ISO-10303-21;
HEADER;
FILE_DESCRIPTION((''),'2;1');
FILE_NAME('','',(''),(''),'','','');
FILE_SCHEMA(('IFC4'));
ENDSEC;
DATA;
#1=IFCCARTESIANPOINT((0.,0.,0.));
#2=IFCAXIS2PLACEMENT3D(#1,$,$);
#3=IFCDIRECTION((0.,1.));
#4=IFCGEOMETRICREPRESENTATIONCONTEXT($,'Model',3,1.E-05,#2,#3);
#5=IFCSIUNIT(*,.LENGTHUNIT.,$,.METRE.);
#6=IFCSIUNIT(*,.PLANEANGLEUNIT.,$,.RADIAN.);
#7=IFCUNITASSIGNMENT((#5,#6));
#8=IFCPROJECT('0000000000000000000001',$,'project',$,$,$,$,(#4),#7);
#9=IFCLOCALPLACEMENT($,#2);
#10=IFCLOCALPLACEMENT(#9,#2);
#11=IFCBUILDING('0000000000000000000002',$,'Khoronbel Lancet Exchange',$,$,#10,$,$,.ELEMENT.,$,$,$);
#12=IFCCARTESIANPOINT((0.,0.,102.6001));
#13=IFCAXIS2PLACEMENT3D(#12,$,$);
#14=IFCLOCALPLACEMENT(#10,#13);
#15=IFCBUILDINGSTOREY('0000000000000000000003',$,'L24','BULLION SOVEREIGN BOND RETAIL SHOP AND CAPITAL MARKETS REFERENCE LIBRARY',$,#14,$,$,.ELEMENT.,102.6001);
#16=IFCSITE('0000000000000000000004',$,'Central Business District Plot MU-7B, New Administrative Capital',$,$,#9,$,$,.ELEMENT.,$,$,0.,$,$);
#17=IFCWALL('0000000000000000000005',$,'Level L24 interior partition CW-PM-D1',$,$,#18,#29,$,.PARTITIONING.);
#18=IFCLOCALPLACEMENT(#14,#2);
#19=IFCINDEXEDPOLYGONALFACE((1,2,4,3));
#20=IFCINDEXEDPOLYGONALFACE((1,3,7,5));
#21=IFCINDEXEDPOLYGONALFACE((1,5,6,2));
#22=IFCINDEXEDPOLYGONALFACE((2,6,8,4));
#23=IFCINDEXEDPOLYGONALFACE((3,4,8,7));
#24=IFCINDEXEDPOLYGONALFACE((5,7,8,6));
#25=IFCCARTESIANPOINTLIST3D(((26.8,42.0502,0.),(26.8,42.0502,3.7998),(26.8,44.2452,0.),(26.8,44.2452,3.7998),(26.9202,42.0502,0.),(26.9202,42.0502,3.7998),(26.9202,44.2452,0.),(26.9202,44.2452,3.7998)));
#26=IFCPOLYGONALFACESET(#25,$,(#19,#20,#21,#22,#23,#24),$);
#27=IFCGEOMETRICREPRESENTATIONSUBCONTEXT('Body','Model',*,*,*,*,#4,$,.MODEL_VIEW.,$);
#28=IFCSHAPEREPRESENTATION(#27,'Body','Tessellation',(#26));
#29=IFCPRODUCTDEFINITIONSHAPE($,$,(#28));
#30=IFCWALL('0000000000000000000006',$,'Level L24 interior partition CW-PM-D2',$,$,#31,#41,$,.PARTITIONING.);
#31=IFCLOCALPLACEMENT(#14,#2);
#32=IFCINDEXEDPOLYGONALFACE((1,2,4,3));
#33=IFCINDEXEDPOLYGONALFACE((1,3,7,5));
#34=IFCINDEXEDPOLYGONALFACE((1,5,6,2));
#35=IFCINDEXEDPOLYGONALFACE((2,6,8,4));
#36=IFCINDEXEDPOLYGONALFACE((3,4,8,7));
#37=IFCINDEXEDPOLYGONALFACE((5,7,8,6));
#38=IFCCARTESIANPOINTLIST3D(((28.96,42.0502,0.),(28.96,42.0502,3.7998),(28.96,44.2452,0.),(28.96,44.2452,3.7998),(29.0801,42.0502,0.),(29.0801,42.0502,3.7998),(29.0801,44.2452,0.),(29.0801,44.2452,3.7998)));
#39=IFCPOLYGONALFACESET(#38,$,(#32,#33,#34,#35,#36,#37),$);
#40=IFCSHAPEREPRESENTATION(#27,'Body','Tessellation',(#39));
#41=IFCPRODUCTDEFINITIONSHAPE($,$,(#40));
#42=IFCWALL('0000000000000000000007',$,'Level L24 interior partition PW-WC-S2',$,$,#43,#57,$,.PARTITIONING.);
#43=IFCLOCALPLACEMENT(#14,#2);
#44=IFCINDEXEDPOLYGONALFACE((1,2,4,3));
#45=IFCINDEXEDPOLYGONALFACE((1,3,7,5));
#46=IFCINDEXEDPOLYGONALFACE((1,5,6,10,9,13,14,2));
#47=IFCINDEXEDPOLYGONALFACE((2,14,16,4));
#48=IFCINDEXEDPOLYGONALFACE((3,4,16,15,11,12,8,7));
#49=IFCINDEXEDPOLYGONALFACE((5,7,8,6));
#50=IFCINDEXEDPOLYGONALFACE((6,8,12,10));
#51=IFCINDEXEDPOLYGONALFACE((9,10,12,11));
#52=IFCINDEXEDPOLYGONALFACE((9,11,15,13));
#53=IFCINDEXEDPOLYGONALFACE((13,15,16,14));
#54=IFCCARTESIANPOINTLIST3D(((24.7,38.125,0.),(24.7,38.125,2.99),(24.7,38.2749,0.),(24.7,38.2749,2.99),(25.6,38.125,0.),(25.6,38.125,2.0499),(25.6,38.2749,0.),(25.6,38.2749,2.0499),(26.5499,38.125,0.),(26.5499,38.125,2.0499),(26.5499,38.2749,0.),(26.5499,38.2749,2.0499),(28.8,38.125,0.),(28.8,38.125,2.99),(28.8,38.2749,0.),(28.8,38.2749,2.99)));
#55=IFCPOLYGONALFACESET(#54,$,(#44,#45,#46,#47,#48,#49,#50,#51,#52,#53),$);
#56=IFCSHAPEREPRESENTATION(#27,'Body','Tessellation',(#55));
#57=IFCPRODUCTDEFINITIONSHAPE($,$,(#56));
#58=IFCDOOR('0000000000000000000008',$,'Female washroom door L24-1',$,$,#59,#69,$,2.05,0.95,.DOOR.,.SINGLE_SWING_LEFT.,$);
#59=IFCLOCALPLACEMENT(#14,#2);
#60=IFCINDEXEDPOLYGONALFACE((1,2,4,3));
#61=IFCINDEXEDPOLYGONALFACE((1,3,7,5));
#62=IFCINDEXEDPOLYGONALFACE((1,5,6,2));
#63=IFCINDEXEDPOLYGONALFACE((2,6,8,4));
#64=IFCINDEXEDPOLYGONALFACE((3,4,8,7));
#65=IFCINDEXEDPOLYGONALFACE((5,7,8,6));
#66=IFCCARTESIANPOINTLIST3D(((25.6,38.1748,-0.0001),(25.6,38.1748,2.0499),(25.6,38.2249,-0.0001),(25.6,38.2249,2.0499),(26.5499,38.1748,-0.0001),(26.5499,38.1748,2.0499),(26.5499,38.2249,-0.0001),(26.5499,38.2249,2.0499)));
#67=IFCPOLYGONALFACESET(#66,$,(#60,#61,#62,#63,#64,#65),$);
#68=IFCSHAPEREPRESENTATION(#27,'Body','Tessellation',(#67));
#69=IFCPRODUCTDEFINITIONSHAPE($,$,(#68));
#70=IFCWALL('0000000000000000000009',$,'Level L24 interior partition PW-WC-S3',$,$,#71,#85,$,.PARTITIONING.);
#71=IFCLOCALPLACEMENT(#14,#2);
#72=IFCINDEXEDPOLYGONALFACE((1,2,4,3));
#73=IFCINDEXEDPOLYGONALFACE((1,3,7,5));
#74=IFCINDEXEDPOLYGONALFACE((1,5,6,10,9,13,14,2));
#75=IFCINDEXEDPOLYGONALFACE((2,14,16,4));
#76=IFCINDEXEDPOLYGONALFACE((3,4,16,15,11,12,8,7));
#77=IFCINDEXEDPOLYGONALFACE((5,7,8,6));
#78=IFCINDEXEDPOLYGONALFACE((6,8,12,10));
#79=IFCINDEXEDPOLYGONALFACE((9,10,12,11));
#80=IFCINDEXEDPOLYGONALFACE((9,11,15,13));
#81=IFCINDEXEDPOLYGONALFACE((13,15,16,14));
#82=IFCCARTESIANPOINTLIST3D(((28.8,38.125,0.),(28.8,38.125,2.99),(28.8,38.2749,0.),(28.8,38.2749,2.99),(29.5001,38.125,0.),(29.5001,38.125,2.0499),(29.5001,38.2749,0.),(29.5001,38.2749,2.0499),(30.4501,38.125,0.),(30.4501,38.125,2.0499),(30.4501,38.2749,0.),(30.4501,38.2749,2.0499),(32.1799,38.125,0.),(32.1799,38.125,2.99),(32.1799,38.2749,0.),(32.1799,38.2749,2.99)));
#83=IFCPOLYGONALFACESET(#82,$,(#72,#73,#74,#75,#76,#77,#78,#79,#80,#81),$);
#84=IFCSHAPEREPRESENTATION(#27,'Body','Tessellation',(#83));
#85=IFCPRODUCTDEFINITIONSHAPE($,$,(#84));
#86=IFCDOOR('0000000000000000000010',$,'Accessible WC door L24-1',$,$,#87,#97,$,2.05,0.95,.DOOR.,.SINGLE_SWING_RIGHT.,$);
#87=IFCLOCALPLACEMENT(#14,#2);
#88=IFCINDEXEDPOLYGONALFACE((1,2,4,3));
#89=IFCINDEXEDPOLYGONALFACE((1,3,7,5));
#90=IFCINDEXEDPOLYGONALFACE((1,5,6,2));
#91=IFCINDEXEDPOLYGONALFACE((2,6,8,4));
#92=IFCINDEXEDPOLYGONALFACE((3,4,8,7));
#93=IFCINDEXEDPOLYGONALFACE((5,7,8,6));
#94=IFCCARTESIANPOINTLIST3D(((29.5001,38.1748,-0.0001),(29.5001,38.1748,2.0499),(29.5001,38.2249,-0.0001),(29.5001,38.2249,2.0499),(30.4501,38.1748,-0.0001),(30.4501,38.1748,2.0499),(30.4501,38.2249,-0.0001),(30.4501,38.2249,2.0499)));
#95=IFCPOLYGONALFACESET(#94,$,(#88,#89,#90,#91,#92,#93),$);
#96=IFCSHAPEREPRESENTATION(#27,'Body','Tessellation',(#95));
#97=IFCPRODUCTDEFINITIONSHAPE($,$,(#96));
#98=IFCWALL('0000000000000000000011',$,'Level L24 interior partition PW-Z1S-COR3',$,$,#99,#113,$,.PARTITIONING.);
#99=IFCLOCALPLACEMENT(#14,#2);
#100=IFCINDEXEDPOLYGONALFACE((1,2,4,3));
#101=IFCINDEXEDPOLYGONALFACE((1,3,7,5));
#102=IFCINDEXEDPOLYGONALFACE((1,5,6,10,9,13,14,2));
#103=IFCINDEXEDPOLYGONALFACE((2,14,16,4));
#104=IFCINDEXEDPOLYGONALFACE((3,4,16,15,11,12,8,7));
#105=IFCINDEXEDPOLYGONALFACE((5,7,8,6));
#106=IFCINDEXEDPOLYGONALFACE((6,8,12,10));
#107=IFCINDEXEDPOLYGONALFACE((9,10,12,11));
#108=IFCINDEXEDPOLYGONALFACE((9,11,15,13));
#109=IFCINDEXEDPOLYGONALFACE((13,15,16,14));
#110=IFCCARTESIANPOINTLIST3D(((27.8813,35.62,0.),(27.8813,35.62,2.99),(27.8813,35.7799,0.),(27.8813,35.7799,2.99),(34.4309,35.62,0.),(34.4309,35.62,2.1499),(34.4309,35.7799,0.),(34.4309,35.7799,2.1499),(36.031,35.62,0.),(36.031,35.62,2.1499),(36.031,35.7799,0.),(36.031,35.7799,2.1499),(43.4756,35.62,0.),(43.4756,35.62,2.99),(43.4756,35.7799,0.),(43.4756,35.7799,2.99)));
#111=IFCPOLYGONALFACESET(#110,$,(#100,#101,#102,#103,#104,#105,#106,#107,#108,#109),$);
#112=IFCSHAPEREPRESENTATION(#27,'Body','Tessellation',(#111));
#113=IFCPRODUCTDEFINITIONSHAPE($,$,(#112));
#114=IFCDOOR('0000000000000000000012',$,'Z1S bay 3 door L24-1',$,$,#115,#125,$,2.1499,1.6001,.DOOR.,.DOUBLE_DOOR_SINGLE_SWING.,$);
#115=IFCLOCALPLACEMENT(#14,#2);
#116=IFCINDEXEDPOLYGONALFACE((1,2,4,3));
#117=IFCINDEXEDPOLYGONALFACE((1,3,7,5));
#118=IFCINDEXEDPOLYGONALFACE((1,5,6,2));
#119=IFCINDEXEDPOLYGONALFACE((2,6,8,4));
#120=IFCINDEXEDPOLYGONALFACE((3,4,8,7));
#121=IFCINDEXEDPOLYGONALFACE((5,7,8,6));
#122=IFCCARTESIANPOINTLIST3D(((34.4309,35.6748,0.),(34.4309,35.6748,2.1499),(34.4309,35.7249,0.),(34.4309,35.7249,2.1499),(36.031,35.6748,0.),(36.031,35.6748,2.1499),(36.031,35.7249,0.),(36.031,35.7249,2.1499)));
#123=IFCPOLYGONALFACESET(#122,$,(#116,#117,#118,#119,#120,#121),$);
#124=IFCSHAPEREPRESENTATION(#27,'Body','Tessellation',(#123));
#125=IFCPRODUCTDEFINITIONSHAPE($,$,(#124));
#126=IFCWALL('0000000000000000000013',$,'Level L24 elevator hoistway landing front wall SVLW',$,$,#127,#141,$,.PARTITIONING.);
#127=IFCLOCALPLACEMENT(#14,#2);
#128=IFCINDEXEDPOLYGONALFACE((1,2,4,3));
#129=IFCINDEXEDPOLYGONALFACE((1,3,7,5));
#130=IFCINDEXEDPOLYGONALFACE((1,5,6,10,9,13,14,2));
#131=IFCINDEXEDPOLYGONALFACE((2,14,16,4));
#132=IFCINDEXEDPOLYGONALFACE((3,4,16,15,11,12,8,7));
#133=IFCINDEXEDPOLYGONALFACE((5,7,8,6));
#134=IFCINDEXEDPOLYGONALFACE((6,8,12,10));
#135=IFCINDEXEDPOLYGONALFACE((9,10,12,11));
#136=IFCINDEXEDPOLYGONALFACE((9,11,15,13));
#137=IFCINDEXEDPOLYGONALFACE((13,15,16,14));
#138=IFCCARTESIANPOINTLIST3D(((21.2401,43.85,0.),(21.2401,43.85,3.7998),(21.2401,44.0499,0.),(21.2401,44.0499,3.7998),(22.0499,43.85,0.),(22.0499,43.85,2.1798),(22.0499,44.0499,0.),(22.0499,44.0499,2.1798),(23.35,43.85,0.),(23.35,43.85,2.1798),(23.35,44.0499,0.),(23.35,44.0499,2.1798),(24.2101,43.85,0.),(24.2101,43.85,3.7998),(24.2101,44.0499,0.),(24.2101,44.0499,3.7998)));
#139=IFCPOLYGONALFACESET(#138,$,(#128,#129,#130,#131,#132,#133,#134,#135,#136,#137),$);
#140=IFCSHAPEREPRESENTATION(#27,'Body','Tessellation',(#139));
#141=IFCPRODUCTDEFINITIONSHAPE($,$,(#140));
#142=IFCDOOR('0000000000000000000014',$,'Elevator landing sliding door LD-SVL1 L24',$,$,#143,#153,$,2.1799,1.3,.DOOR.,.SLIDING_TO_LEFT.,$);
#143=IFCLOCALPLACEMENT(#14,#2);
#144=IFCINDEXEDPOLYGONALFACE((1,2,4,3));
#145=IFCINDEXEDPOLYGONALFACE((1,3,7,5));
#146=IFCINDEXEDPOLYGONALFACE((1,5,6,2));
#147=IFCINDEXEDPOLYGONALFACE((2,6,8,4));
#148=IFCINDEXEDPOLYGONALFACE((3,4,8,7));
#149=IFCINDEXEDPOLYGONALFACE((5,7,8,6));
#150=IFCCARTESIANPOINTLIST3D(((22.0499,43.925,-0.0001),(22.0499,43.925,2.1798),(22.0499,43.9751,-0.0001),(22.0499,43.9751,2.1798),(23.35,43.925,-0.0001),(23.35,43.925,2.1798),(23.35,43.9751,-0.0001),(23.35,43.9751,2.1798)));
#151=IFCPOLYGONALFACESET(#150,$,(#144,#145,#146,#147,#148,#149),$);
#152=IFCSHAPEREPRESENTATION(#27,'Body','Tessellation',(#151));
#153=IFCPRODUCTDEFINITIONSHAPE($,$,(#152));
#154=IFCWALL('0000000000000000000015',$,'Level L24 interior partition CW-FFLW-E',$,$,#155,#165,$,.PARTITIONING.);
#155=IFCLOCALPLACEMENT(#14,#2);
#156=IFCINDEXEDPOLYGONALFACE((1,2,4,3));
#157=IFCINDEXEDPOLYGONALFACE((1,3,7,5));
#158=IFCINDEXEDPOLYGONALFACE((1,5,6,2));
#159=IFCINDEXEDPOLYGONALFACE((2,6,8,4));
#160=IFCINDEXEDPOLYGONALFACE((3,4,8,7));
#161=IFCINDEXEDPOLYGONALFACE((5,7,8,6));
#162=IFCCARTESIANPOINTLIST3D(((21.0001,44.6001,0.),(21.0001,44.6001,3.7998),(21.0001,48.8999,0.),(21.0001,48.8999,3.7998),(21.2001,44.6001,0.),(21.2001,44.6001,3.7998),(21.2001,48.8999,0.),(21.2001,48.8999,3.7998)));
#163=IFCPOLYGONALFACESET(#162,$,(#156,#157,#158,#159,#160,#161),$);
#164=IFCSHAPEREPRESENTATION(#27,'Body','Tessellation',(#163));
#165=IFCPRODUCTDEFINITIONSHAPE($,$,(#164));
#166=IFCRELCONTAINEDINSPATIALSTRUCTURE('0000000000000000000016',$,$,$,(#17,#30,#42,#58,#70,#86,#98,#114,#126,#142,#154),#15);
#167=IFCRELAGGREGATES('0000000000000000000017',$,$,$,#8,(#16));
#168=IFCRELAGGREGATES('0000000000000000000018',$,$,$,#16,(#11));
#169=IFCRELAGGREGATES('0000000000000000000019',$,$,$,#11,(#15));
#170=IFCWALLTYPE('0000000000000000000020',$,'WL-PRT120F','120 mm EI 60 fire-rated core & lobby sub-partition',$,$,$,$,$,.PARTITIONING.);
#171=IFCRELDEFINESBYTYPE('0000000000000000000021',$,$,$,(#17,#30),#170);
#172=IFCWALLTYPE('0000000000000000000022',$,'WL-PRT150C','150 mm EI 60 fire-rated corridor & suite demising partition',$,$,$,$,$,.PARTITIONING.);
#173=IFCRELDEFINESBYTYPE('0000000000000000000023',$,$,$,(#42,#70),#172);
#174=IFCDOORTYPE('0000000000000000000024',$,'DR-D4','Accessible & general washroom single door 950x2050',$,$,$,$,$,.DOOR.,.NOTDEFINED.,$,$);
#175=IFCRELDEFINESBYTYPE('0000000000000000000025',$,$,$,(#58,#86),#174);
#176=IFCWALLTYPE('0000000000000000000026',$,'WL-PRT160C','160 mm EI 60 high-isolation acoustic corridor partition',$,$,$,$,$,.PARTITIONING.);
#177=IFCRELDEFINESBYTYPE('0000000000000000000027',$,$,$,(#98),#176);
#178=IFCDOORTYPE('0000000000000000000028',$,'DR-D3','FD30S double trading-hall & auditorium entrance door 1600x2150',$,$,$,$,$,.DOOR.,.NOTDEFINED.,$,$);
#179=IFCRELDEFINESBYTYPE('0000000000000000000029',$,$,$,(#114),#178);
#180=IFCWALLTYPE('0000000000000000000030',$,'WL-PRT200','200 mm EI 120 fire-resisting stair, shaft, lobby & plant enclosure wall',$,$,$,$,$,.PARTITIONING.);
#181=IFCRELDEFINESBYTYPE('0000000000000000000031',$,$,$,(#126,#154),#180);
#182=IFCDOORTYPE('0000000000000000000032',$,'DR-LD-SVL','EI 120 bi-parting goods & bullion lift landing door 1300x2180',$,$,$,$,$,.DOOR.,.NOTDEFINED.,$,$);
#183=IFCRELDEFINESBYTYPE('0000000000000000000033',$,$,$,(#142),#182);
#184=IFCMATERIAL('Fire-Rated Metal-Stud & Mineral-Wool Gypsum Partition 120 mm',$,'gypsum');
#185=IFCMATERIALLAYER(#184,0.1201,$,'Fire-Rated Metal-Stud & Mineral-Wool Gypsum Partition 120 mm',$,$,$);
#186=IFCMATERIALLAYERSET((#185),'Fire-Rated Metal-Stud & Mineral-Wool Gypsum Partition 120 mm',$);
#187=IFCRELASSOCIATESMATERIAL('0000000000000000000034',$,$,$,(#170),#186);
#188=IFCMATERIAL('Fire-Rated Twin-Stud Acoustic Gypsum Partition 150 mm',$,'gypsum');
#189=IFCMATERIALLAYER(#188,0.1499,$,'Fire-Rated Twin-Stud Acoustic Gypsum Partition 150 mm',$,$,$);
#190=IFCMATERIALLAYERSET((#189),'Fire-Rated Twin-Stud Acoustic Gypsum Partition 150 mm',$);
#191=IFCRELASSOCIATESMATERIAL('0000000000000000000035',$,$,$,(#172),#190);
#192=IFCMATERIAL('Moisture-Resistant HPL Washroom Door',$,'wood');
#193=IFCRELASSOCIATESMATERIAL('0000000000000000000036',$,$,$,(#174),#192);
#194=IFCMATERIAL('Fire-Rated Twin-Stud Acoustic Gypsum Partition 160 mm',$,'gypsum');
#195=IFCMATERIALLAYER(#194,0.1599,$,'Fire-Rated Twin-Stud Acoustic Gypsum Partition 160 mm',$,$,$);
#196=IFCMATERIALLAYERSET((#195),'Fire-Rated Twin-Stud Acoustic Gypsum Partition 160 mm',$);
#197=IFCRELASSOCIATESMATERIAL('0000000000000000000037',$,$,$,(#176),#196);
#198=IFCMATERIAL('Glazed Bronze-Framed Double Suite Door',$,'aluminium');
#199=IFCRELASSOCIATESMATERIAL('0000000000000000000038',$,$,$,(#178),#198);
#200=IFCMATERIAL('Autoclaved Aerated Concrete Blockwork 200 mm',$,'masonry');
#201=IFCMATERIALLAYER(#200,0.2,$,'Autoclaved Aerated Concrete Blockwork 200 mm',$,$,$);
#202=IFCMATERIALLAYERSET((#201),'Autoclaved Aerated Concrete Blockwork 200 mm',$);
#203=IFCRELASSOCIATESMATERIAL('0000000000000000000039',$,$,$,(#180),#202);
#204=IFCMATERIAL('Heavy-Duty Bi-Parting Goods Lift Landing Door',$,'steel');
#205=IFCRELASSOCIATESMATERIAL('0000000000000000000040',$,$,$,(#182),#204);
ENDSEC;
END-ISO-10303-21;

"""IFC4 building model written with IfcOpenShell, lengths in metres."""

from ifc_helpers import new_model, si_unit, direction, frame, frame_2d, origin, place, context, subcontext, project, spatial, rectangle, extrude, material, layer, layer_set, type_object, element, fill, save


model = new_model("IFC4")

# Units and contexts
model_context = context("Model", 3, precision=1e-05, world=origin(), true_north=direction((0.0, 1.0)))
body_context = subcontext(model_context, "Body", "Model", "MODEL_VIEW")
ifc_project = project(units=[si_unit("LENGTHUNIT", "METRE"), si_unit("PLANEANGLEUNIT", "RADIAN")], contexts=[model_context])

# Site, building, storey
site_placement = place(None, origin())
site = spatial("IfcSite", under=ifc_project, at=site_placement, Name="Central Business District Plot MU-7B, New Administrative Capital", CompositionType="ELEMENT", RefElevation=0.0)
building_placement = place(site_placement, origin())
building = spatial("IfcBuilding", under=site, at=building_placement, Name="Khoronbel Lancet Exchange", CompositionType="ELEMENT")
storey_placement = place(building_placement, frame((0.0, 0.0, 102.6001)))
storey = spatial("IfcBuildingStorey", under=building, at=storey_placement, Name="L24", Description="BULLION SOVEREIGN BOND RETAIL SHOP AND CAPITAL MARKETS REFERENCE LIBRARY", CompositionType="ELEMENT", Elevation=102.6001)

# Walls
ifc_material_1 = material(Name="Fire-Rated Metal-Stud & Mineral-Wool Gypsum Partition 120 mm", Category="gypsum")
ifc_layer_1 = layer(ifc_material_1, 0.1201, Name="Fire-Rated Metal-Stud & Mineral-Wool Gypsum Partition 120 mm")
ifc_layer_set_1 = layer_set([ifc_layer_1], Name="Fire-Rated Metal-Stud & Mineral-Wool Gypsum Partition 120 mm")
wall_type_1 = type_object("IfcWallType", Name="WL-PRT120F", Description="120 mm EI 60 fire-rated core & lobby sub-partition", PredefinedType="PARTITIONING", material=ifc_layer_set_1)
for number, where, z_axis, x_axis, name in (
    (1, (26.8601, 42.05, 0.0), (0.0, 0.0, 1.0), (0.0, 1.0, 0.0), "Level L24 interior partition CW-PM-D1"),
    (2, (29.02, 42.05, 0.0), (0.0, 0.0, 1.0), (0.0, 1.0, 0.0), "Level L24 interior partition CW-PM-D2"),
):
    element("IfcWall", number, at=place(storey_placement, frame(where, z_axis=z_axis, x_axis=x_axis)), inside=storey, type_object=wall_type_1, Name=name, PredefinedType="PARTITIONING", context=body_context, shape_type="SweptSolid", body=[
        extrude(rectangle(XDim=2.1951, YDim=0.1201, at=frame_2d((1.0977, 0.0))), origin(), (0.0, 0.0, 1.0), 3.7998),
    ])

# Walls, openings, doors
ifc_material_2 = material(Name="Fire-Rated Twin-Stud Acoustic Gypsum Partition 150 mm", Category="gypsum")
ifc_layer_2 = layer(ifc_material_2, 0.1499, Name="Fire-Rated Twin-Stud Acoustic Gypsum Partition 150 mm")
ifc_layer_set_2 = layer_set([ifc_layer_2], Name="Fire-Rated Twin-Stud Acoustic Gypsum Partition 150 mm")
wall_type_2 = type_object("IfcWallType", Name="WL-PRT150C", Description="150 mm EI 60 fire-rated corridor & suite demising partition", PredefinedType="PARTITIONING", material=ifc_layer_set_2)
wall_1_placement = place(storey_placement, frame((24.7, 38.2, 0.0), z_axis=(0.0, 0.0, 1.0), x_axis=(1.0, 0.0, 0.0)))
wall_1 = element("IfcWall", 3, at=wall_1_placement, inside=storey, type_object=wall_type_2, Name="Level L24 interior partition PW-WC-S2", PredefinedType="PARTITIONING", context=body_context, shape_type="SweptSolid", body=[
    extrude(rectangle(XDim=4.1001, YDim=0.1499, at=frame_2d((2.05, 0.0))), origin(), (0.0, 0.0, 1.0), 2.99),
])
opening_1_placement = place(wall_1_placement, frame((0.8999, 0.0, 0.0)))
opening_1 = element("IfcOpeningElement", 4, at=opening_1_placement, cuts=wall_1, PredefinedType="OPENING", context=body_context, shape_type="SweptSolid", body=[
    extrude(rectangle(XDim=0.95, YDim=2.05, at=frame_2d((0.4751, 1.0249))), frame((0.0, 0.085, 0.0), z_axis=(0.0, -1.0, 0.0), x_axis=(1.0, 0.0, 0.0)), (0.0, 0.0, 1.0), 0.1699),
])
ifc_material_3 = material(Name="Moisture-Resistant HPL Washroom Door", Category="wood")
door_type_1 = type_object("IfcDoorType", Name="DR-D4", Description="Accessible & general washroom single door 950x2050", OperationType="NOTDEFINED", PredefinedType="DOOR", material=ifc_material_3)
door_1_placement = place(opening_1_placement, origin())
door_1 = element("IfcDoor", 5, at=door_1_placement, inside=storey, type_object=door_type_1, Name="Female washroom door L24-1", OperationType="SINGLE_SWING_LEFT", OverallHeight=2.05, OverallWidth=0.95, PredefinedType="DOOR", context=body_context, shape_type="SweptSolid", body=[
    extrude(rectangle(XDim=0.95, YDim=2.05, at=frame_2d((0.4751, 1.0249))), frame((0.0, 0.0249, 0.0), z_axis=(0.0, -1.0, 0.0), x_axis=(1.0, 0.0, 0.0)), (0.0, 0.0, 1.0), 0.05),
])
fill(opening_1, door_1)
wall_2_placement = place(storey_placement, frame((28.8, 38.2, 0.0), z_axis=(0.0, 0.0, 1.0), x_axis=(1.0, 0.0, 0.0)))
wall_2 = element("IfcWall", 6, at=wall_2_placement, inside=storey, type_object=wall_type_2, Name="Level L24 interior partition PW-WC-S3", PredefinedType="PARTITIONING", context=body_context, shape_type="SweptSolid", body=[
    extrude(rectangle(XDim=3.3799, YDim=0.1499, at=frame_2d((1.6899, 0.0))), origin(), (0.0, 0.0, 1.0), 2.99),
])
opening_2_placement = place(wall_2_placement, frame((0.7, 0.0, 0.0)))
opening_2 = element("IfcOpeningElement", 7, at=opening_2_placement, cuts=wall_2, PredefinedType="OPENING", context=body_context, shape_type="SweptSolid", body=[
    extrude(rectangle(XDim=0.95, YDim=2.05, at=frame_2d((0.4751, 1.0249))), frame((0.0, 0.085, 0.0), z_axis=(0.0, -1.0, 0.0), x_axis=(1.0, 0.0, 0.0)), (0.0, 0.0, 1.0), 0.1699),
])
door_2_placement = place(opening_2_placement, origin())
door_2 = element("IfcDoor", 8, at=door_2_placement, inside=storey, type_object=door_type_1, Name="Accessible WC door L24-1", OperationType="SINGLE_SWING_RIGHT", OverallHeight=2.05, OverallWidth=0.95, PredefinedType="DOOR", context=body_context, shape_type="SweptSolid", body=[
    extrude(rectangle(XDim=0.95, YDim=2.05, at=frame_2d((0.4751, 1.0249))), frame((0.0, 0.0249, 0.0), z_axis=(0.0, -1.0, 0.0), x_axis=(1.0, 0.0, 0.0)), (0.0, 0.0, 1.0), 0.05),
])
fill(opening_2, door_2)
ifc_material_4 = material(Name="Fire-Rated Twin-Stud Acoustic Gypsum Partition 160 mm", Category="gypsum")
ifc_layer_3 = layer(ifc_material_4, 0.1599, Name="Fire-Rated Twin-Stud Acoustic Gypsum Partition 160 mm")
ifc_layer_set_3 = layer_set([ifc_layer_3], Name="Fire-Rated Twin-Stud Acoustic Gypsum Partition 160 mm")
wall_type_3 = type_object("IfcWallType", Name="WL-PRT160C", Description="160 mm EI 60 high-isolation acoustic corridor partition", PredefinedType="PARTITIONING", material=ifc_layer_set_3)
wall_3_placement = place(storey_placement, frame((27.8813, 35.7, 0.0), z_axis=(0.0, 0.0, 1.0), x_axis=(1.0, 0.0, 0.0)))
wall_3 = element("IfcWall", 9, at=wall_3_placement, inside=storey, type_object=wall_type_3, Name="Level L24 interior partition PW-Z1S-COR3", PredefinedType="PARTITIONING", context=body_context, shape_type="SweptSolid", body=[
    extrude(rectangle(XDim=15.5942, YDim=0.1599, at=frame_2d((7.7971, 0.0))), origin(), (0.0, 0.0, 1.0), 2.99),
])
opening_3_placement = place(wall_3_placement, frame((6.5496, 0.0, 0.0)))
opening_3 = element("IfcOpeningElement", 10, at=opening_3_placement, cuts=wall_3, PredefinedType="OPENING", context=body_context, shape_type="SweptSolid", body=[
    extrude(rectangle(XDim=1.6001, YDim=2.1499, at=frame_2d((0.8, 1.075))), frame((0.0, 0.0898, 0.0), z_axis=(0.0, -1.0, 0.0), x_axis=(1.0, 0.0, 0.0)), (0.0, 0.0, 1.0), 0.1799),
])
ifc_material_5 = material(Name="Glazed Bronze-Framed Double Suite Door", Category="aluminium")
door_type_2 = type_object("IfcDoorType", Name="DR-D3", Description="FD30S double trading-hall & auditorium entrance door 1600x2150", OperationType="NOTDEFINED", PredefinedType="DOOR", material=ifc_material_5)
door_3_placement = place(opening_3_placement, origin())
door_3 = element("IfcDoor", 11, at=door_3_placement, inside=storey, type_object=door_type_2, Name="Z1S bay 3 door L24-1", OperationType="DOUBLE_DOOR_SINGLE_SWING", OverallHeight=2.1499, OverallWidth=1.6001, PredefinedType="DOOR", context=body_context, shape_type="SweptSolid", body=[
    extrude(rectangle(XDim=1.6001, YDim=2.1499, at=frame_2d((0.8, 1.075))), frame((0.0, 0.0249, 0.0), z_axis=(0.0, -1.0, 0.0), x_axis=(1.0, 0.0, 0.0)), (0.0, 0.0, 1.0), 0.05),
])
fill(opening_3, door_3)
ifc_material_6 = material(Name="Autoclaved Aerated Concrete Blockwork 200 mm", Category="masonry")
ifc_layer_4 = layer(ifc_material_6, 0.2, Name="Autoclaved Aerated Concrete Blockwork 200 mm")
ifc_layer_set_4 = layer_set([ifc_layer_4], Name="Autoclaved Aerated Concrete Blockwork 200 mm")
wall_type_4 = type_object("IfcWallType", Name="WL-PRT200", Description="200 mm EI 120 fire-resisting stair, shaft, lobby & plant enclosure wall", PredefinedType="PARTITIONING", material=ifc_layer_set_4)
wall_4_placement = place(storey_placement, frame((24.21, 43.95, 0.0), z_axis=(0.0, 0.0, 1.0), x_axis=(-1.0, 0.0, 0.0)))
wall_4 = element("IfcWall", 12, at=wall_4_placement, inside=storey, type_object=wall_type_4, Name="Level L24 elevator hoistway landing front wall SVLW", PredefinedType="PARTITIONING", context=body_context, shape_type="SweptSolid", body=[
    extrude(rectangle(XDim=2.97, YDim=0.2, at=frame_2d((1.4849, 0.0))), origin(), (0.0, 0.0, 1.0), 3.7998),
])
opening_4_placement = place(wall_4_placement, frame((0.8601, 0.0, 0.0)))
opening_4 = element("IfcOpeningElement", 13, at=opening_4_placement, cuts=wall_4, PredefinedType="OPENING", context=body_context, shape_type="SweptSolid", body=[
    extrude(rectangle(XDim=1.3, YDim=2.1799, at=frame_2d((0.6499, 1.0898))), frame((0.0, 0.1099, 0.0), z_axis=(0.0, -1.0, 0.0), x_axis=(1.0, 0.0, 0.0)), (0.0, 0.0, 1.0), 0.22),
])
ifc_material_7 = material(Name="Heavy-Duty Bi-Parting Goods Lift Landing Door", Category="steel")
door_type_3 = type_object("IfcDoorType", Name="DR-LD-SVL", Description="EI 120 bi-parting goods & bullion lift landing door 1300x2180", OperationType="NOTDEFINED", PredefinedType="DOOR", material=ifc_material_7)
door_4_placement = place(opening_4_placement, origin())
door_4 = element("IfcDoor", 14, at=door_4_placement, inside=storey, type_object=door_type_3, Name="Elevator landing sliding door LD-SVL1 L24", OperationType="SLIDING_TO_LEFT", OverallHeight=2.1799, OverallWidth=1.3, PredefinedType="DOOR", context=body_context, shape_type="SweptSolid", body=[
    extrude(rectangle(XDim=1.3, YDim=2.1799, at=frame_2d((0.6499, 1.0898))), frame((0.0, 0.0249, 0.0), z_axis=(0.0, -1.0, 0.0), x_axis=(1.0, 0.0, 0.0)), (0.0, 0.0, 1.0), 0.05),
])
fill(opening_4, door_4)

# Wall
wall_5_placement = place(storey_placement, frame((21.1001, 44.6001, 0.0), z_axis=(0.0, 0.0, 1.0), x_axis=(0.0, 1.0, 0.0)))
element("IfcWall", 15, at=wall_5_placement, inside=storey, type_object=wall_type_4, Name="Level L24 interior partition CW-FFLW-E", PredefinedType="PARTITIONING", context=body_context, shape_type="SweptSolid", body=[
    extrude(rectangle(XDim=4.2998, YDim=0.2, at=frame_2d((2.1499, 0.0))), origin(), (0.0, 0.0, 1.0), 3.7998),
])

save(model, "model.ifc")
